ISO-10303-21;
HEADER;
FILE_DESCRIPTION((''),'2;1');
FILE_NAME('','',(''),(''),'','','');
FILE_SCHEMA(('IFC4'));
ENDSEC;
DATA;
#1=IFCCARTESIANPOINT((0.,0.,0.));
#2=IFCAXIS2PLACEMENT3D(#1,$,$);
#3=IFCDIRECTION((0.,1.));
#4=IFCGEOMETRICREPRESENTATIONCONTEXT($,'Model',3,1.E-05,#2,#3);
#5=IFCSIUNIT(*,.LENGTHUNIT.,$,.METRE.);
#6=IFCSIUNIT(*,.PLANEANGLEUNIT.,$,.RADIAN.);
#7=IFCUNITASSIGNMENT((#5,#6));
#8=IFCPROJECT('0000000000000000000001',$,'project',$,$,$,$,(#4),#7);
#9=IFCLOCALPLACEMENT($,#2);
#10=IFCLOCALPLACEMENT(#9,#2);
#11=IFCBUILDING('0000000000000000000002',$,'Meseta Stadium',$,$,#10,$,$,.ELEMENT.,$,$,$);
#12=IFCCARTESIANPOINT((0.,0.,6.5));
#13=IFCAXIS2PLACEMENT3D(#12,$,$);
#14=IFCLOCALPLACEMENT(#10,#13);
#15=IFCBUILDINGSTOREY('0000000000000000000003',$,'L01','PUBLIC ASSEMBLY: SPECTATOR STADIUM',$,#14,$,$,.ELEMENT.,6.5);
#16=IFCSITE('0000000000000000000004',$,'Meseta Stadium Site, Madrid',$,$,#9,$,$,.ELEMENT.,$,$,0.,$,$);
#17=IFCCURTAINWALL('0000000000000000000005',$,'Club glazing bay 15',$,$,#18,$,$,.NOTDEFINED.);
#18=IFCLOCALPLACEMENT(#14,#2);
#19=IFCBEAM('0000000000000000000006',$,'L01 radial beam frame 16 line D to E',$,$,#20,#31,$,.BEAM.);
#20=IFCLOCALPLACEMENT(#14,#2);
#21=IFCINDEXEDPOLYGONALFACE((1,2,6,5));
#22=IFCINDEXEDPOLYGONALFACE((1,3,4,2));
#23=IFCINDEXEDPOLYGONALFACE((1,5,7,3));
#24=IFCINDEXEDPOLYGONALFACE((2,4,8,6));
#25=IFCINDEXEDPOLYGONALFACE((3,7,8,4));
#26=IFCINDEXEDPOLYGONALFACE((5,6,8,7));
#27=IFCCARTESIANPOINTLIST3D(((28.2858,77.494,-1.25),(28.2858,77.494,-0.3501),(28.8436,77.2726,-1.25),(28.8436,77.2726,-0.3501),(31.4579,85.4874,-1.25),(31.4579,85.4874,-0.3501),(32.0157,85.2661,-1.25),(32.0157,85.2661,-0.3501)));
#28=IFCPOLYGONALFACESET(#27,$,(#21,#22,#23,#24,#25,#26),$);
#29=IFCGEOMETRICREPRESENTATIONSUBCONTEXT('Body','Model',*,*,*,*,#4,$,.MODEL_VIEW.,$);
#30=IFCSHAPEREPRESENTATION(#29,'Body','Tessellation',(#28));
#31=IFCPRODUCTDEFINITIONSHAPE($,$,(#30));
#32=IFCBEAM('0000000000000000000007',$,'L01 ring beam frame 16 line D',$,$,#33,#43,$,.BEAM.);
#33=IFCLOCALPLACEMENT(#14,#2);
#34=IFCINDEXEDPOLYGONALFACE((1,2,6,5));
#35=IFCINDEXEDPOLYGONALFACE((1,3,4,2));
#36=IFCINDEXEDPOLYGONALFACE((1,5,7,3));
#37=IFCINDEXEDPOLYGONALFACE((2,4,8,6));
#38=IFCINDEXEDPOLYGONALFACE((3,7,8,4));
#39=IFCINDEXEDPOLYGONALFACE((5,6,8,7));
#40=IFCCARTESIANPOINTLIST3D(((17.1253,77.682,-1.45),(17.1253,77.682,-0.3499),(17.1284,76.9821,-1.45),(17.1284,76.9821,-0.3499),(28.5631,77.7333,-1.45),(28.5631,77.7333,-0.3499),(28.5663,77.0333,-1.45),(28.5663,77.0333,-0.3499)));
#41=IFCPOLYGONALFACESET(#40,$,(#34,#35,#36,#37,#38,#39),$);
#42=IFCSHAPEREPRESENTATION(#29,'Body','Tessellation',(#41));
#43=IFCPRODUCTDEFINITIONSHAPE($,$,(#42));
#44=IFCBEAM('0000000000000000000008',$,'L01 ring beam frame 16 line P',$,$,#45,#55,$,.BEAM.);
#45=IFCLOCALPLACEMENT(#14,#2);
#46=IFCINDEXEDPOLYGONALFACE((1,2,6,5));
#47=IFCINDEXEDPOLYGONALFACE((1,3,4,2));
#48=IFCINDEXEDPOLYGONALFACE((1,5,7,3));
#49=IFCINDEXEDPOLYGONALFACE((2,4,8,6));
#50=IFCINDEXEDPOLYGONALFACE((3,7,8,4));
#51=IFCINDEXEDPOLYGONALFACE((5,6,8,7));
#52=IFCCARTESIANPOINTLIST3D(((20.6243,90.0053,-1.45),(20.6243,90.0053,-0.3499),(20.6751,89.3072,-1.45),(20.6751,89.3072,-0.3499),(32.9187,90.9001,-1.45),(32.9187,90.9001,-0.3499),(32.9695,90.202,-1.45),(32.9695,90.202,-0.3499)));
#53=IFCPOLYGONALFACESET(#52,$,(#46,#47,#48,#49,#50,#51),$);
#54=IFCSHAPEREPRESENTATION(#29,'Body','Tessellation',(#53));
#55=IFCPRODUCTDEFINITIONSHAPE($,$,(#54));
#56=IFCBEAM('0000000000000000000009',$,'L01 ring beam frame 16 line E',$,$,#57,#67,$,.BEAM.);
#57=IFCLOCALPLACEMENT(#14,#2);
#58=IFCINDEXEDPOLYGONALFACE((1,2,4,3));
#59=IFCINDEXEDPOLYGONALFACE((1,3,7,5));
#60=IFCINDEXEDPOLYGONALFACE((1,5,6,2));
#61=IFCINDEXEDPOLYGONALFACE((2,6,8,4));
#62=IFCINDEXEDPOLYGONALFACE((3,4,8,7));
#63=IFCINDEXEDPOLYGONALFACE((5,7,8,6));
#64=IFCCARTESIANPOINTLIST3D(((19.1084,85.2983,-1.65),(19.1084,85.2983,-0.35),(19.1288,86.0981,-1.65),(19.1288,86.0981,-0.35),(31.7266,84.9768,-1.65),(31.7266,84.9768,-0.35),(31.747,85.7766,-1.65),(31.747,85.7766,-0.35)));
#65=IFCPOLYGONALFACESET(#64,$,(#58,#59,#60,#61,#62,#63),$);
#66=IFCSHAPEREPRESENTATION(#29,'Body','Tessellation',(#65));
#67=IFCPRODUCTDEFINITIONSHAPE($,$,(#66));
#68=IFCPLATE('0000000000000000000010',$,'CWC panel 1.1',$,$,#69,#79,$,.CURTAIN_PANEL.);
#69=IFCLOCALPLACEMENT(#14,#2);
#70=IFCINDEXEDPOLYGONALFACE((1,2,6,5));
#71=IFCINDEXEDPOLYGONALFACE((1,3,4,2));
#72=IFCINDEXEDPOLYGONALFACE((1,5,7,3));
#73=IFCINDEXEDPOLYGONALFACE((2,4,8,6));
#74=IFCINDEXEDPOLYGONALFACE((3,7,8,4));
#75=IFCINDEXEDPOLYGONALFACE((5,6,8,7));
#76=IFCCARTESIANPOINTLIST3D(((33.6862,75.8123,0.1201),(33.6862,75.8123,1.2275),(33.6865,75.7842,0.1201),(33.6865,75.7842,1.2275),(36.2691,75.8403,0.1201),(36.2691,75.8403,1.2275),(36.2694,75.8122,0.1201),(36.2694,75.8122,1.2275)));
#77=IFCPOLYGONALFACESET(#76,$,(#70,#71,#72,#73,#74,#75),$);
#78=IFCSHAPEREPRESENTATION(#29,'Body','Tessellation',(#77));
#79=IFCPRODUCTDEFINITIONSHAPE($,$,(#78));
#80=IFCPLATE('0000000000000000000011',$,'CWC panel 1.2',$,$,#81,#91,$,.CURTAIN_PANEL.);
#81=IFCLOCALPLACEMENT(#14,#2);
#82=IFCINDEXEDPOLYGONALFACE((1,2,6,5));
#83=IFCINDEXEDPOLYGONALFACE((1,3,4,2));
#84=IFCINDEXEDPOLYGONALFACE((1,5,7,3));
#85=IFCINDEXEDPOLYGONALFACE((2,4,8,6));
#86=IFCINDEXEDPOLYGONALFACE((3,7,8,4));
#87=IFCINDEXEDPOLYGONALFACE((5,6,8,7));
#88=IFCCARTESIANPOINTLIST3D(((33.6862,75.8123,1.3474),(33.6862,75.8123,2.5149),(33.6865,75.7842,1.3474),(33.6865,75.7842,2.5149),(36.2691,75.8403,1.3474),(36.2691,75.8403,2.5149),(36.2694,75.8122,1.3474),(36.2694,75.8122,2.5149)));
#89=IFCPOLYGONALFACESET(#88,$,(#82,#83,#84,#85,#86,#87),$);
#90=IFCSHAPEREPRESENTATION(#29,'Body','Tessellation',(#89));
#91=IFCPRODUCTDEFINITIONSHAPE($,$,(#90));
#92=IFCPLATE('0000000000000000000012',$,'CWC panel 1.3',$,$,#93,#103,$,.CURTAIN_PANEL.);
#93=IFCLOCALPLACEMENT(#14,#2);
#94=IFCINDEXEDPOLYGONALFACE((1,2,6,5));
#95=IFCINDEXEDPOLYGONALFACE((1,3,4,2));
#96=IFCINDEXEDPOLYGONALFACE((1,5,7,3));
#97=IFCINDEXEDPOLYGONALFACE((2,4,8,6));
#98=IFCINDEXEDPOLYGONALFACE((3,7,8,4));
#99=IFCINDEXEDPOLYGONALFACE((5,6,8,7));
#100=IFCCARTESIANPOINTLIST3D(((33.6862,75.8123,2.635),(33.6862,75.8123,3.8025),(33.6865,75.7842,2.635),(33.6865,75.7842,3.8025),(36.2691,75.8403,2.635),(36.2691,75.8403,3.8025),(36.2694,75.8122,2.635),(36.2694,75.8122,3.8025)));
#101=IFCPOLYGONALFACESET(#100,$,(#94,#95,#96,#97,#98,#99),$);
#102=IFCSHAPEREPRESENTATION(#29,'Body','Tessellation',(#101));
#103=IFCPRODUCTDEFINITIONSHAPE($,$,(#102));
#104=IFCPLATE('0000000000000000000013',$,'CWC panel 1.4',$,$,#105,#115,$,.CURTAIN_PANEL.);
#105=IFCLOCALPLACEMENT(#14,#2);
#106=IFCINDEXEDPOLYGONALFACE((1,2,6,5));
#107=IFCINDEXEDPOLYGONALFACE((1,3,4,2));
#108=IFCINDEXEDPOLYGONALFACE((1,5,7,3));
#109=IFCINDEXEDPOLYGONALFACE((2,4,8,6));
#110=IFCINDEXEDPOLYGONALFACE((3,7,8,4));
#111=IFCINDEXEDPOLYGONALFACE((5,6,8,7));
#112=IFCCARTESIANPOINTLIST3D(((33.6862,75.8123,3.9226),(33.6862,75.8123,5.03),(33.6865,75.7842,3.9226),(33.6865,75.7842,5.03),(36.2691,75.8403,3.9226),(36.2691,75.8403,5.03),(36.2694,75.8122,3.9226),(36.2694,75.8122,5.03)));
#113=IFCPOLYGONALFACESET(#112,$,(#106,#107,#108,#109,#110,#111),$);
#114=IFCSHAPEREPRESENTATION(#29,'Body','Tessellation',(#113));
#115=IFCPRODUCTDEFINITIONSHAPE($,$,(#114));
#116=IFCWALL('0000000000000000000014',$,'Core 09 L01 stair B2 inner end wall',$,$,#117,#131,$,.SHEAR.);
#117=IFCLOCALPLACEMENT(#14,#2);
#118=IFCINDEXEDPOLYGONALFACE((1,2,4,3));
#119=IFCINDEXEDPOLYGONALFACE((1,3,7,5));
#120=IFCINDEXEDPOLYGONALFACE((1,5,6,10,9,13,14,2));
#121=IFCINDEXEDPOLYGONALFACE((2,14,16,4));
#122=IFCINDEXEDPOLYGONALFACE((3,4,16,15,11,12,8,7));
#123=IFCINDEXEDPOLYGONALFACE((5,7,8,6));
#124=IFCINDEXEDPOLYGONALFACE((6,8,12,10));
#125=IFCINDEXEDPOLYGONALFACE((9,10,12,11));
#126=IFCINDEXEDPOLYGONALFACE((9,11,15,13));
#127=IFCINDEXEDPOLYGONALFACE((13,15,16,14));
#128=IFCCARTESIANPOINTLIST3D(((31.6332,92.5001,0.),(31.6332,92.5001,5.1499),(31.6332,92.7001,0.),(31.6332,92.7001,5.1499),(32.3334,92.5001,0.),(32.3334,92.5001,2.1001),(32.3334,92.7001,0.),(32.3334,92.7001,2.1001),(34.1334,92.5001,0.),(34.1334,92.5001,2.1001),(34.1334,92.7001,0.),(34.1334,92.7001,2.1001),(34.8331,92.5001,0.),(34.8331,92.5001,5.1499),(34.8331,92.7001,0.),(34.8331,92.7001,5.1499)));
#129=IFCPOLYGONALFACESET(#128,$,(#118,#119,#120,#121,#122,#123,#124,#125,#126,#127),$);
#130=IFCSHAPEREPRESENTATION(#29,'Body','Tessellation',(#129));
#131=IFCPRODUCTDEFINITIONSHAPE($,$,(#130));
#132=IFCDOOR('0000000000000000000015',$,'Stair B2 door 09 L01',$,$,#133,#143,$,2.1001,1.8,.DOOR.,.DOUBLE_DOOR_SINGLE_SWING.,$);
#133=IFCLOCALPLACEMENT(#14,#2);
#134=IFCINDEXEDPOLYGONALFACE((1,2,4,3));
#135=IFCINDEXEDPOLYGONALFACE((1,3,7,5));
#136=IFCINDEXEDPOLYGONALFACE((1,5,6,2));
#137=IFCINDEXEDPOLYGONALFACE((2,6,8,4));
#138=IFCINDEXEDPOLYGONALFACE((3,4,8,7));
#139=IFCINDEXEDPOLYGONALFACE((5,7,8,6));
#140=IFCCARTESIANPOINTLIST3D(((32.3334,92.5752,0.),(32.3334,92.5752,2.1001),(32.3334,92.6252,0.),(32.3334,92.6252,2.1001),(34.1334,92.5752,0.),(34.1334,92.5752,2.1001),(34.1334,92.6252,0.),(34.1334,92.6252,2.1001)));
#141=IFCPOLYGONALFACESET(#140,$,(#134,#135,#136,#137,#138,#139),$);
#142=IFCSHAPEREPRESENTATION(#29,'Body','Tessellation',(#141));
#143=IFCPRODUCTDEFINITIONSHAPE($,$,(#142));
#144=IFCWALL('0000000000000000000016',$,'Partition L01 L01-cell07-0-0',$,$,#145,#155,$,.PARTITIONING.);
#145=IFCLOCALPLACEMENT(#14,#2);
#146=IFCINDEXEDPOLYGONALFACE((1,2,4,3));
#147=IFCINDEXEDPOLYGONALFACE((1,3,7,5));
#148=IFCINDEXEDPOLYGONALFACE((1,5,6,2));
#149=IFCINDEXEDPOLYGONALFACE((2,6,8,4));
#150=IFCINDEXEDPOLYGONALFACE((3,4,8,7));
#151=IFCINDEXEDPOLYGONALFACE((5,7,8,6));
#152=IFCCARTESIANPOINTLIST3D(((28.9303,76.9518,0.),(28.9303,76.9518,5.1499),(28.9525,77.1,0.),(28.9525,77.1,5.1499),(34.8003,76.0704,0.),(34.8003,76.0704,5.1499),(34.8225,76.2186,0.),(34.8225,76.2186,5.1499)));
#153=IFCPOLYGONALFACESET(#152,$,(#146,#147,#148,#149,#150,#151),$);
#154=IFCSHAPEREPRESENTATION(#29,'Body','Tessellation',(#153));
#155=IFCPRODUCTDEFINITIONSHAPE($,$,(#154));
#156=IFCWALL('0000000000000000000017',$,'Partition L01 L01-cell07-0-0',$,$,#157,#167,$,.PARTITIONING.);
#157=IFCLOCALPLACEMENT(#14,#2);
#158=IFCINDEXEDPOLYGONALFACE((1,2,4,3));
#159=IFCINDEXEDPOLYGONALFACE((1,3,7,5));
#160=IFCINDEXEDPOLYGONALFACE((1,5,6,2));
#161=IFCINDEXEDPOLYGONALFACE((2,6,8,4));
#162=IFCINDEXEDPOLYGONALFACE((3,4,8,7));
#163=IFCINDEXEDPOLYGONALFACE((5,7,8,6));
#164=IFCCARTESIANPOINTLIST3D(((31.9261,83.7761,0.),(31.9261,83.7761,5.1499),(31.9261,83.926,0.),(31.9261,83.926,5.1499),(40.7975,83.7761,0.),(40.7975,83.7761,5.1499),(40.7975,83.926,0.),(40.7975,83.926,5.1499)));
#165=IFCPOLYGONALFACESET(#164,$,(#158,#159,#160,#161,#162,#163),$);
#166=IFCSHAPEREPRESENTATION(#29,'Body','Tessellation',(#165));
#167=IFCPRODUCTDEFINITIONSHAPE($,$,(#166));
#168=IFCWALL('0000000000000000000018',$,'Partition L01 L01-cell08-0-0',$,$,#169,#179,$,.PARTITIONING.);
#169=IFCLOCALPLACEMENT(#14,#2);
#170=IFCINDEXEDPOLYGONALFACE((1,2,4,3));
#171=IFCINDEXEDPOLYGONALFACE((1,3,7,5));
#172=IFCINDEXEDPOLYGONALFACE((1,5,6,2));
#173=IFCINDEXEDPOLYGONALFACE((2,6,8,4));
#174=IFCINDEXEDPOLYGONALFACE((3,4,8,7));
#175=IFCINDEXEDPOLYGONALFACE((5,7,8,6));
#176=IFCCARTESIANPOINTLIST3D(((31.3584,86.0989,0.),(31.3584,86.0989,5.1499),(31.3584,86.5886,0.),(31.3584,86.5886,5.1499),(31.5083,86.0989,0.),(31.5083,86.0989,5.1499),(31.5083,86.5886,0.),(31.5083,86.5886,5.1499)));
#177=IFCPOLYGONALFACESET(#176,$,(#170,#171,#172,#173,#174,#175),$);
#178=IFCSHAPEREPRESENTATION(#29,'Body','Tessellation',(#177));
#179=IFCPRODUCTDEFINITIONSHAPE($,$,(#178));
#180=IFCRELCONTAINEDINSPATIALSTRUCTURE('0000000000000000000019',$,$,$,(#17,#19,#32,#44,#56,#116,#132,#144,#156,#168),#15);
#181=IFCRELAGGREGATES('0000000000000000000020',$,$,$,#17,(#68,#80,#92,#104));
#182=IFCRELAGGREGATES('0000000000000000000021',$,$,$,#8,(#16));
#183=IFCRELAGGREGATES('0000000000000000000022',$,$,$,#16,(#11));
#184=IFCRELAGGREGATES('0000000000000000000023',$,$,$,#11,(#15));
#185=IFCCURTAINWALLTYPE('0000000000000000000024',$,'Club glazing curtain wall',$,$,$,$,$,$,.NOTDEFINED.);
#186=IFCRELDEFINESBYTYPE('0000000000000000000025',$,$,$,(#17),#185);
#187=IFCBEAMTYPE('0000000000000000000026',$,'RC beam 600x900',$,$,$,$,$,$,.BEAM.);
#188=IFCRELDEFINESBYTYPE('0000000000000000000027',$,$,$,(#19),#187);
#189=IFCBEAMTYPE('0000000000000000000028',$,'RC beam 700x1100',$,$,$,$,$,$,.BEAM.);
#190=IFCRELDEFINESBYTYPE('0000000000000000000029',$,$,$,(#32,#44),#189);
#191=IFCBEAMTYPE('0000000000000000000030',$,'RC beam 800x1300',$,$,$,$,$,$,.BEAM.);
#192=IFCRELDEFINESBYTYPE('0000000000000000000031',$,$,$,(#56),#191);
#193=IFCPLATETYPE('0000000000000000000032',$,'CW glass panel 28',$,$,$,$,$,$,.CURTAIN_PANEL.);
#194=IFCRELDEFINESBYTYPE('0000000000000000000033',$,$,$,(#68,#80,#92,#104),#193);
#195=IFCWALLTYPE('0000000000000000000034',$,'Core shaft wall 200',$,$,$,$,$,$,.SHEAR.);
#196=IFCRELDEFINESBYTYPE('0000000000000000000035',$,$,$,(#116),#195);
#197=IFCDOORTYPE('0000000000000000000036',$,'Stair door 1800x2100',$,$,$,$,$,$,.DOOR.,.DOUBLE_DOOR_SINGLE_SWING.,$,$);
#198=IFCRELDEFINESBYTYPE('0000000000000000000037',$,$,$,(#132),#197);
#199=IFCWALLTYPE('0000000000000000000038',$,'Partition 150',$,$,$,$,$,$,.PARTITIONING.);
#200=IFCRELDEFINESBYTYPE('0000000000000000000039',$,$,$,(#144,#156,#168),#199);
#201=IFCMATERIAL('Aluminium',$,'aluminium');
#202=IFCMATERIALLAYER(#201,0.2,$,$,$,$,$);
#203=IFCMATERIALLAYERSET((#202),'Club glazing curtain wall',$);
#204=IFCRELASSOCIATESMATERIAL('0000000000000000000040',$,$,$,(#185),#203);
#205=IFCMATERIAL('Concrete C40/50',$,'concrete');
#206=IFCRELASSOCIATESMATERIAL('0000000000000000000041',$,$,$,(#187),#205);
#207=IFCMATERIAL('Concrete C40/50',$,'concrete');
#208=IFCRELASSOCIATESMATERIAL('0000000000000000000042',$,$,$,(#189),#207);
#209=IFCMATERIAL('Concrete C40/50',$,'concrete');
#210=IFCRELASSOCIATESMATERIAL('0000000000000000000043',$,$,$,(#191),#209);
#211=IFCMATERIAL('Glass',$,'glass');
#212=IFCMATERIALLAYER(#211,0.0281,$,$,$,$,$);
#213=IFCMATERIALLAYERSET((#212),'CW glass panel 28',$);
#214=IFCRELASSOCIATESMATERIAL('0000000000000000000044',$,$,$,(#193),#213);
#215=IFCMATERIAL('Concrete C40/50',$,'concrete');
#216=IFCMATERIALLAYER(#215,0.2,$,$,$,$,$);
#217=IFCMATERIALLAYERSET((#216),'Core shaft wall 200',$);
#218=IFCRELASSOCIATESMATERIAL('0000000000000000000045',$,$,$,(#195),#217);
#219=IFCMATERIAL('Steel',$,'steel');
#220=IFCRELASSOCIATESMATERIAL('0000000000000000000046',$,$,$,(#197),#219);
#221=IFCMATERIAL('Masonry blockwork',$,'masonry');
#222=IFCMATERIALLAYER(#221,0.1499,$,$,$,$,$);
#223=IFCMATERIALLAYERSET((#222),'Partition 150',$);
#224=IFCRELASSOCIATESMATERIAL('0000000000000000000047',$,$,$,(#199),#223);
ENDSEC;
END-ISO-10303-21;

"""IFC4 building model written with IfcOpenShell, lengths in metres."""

from ifc_helpers import new_model, si_unit, direction, frame, frame_2d, origin, origin_2d, place, context, subcontext, project, spatial, rectangle, extrude, material, layer, layer_set, material_profile, profile_set, type_object, element, fill, aggregate, save


model = new_model("IFC4")

# Units and contexts
model_context = context("Model", 3, precision=1e-05, world=origin(), true_north=direction((0.0, 1.0)))
body_context = subcontext(model_context, "Body", "Model", "MODEL_VIEW")
ifc_project = project(units=[si_unit("LENGTHUNIT", "METRE"), si_unit("PLANEANGLEUNIT", "RADIAN")], contexts=[model_context])

# Site, building, storey
site_placement = place(None, origin())
site = spatial("IfcSite", under=ifc_project, at=site_placement, Name="Meseta Stadium Site, Madrid", CompositionType="ELEMENT", RefElevation=0.0)
building_placement = place(site_placement, origin())
building = spatial("IfcBuilding", under=site, at=building_placement, Name="Meseta Stadium", CompositionType="ELEMENT")
storey_placement = place(building_placement, frame((0.0, 0.0, 6.5)))
storey = spatial("IfcBuildingStorey", under=building, at=storey_placement, Name="L01", Description="PUBLIC ASSEMBLY: SPECTATOR STADIUM", CompositionType="ELEMENT", Elevation=6.5)

# Curtain wall
ifc_material_1 = material(Name="Aluminium", Category="aluminium")
ifc_layer_1 = layer(ifc_material_1, 0.2)
ifc_layer_set_1 = layer_set([ifc_layer_1], Name="Club glazing curtain wall")
curtain_wall_type = type_object("IfcCurtainWallType", Name="Club glazing curtain wall", PredefinedType="NOTDEFINED", material=ifc_layer_set_1)
curtain_wall_placement = place(storey_placement, origin())
curtain_wall = element("IfcCurtainWall", 1, at=curtain_wall_placement, inside=storey, type_object=curtain_wall_type, Name="Club glazing bay 15", PredefinedType="NOTDEFINED")

# Beams
ifc_material_2 = material(Name="Concrete C40/50", Category="concrete")
ifc_material_profile_1 = material_profile(ifc_material_2, rectangle(XDim=0.6001, YDim=0.8999, at=origin_2d()), Name="RC 600x900")
ifc_profile_set_1 = profile_set([ifc_material_profile_1], Name="Concrete C40/50")
beam_type_1 = type_object("IfcBeamType", Name="RC beam 600x900", PredefinedType="BEAM", material=ifc_profile_set_1)
beam_1_placement = place(storey_placement, frame((28.5647, 77.3833, -0.8), z_axis=(0.368859, 0.929485, 0.0), x_axis=(-0.929485, 0.368859, 0.0)))
element("IfcBeam", 2, at=beam_1_placement, inside=storey, type_object=beam_type_1, Name="L01 radial beam frame 16 line D to E", PredefinedType="BEAM", context=body_context, shape_type="SweptSolid", body=[
    extrude(rectangle(XDim=0.6001, YDim=0.8999, at=origin_2d()), origin(), (0.0, 0.0, 1.0), 8.5999),
])
ifc_material_3 = material(Name="Concrete C40/50", Category="concrete")
ifc_material_profile_2 = material_profile(ifc_material_3, rectangle(XDim=0.7, YDim=1.1001, at=origin_2d()), Name="RC 700x1100")
ifc_profile_set_2 = profile_set([ifc_material_profile_2], Name="Concrete C40/50")
beam_type_2 = type_object("IfcBeamType", Name="RC beam 700x1100", PredefinedType="BEAM", material=ifc_profile_set_2)
beam_2_placement = place(storey_placement, frame((28.5647, 77.3833, -0.8999), z_axis=(-0.99999, -0.004482, 0.0), x_axis=(0.004482, -0.99999, 0.0)))
element("IfcBeam", 3, at=beam_2_placement, inside=storey, type_object=beam_type_2, Name="L01 ring beam frame 16 line D", PredefinedType="BEAM", context=body_context, shape_type="SweptSolid", body=[
    extrude(rectangle(XDim=0.7, YDim=1.1001, at=origin_2d()), origin(), (0.0, 0.0, 1.0), 11.438),
])
beam_3_placement = place(storey_placement, frame((32.9441, 90.551, -0.8999), z_axis=(-0.997362, -0.072587, 0.0), x_axis=(0.072587, -0.997362, 0.0)))
element("IfcBeam", 4, at=beam_3_placement, inside=storey, type_object=beam_type_2, Name="L01 ring beam frame 16 line P", PredefinedType="BEAM", context=body_context, shape_type="SweptSolid", body=[
    extrude(rectangle(XDim=0.7, YDim=1.1001, at=origin_2d()), origin(), (0.0, 0.0, 1.0), 12.3269),
])
ifc_material_4 = material(Name="Concrete C40/50", Category="concrete")
ifc_material_profile_3 = material_profile(ifc_material_4, rectangle(XDim=0.8, YDim=1.3, at=origin_2d()), Name="RC 800x1300")
ifc_profile_set_3 = profile_set([ifc_material_profile_3], Name="Concrete C40/50")
beam_type_3 = type_object("IfcBeamType", Name="RC beam 800x1300", PredefinedType="BEAM", material=ifc_profile_set_3)
beam_4_placement = place(storey_placement, frame((31.7368, 85.3767, -1.0), z_axis=(-0.999675, 0.025474, 0.0), x_axis=(-0.025474, -0.999675, 0.0)))
element("IfcBeam", 5, at=beam_4_placement, inside=storey, type_object=beam_type_3, Name="L01 ring beam frame 16 line E", PredefinedType="BEAM", context=body_context, shape_type="SweptSolid", body=[
    extrude(rectangle(XDim=0.8, YDim=1.3, at=origin_2d()), origin(), (0.0, 0.0, 1.0), 12.6223),
])

# Plates
ifc_material_5 = material(Name="Glass", Category="glass")
ifc_layer_2 = layer(ifc_material_5, 0.0281)
ifc_layer_set_2 = layer_set([ifc_layer_2], Name="CW glass panel 28")
plate_type = type_object("IfcPlateType", Name="CW glass panel 28", PredefinedType="CURTAIN_PANEL", material=ifc_layer_set_2)
plate_1_placement = place(storey_placement, frame((34.9778, 75.8123, 0.1201), z_axis=(0.0, 0.0, 1.0), x_axis=(-0.999941, -0.010843, 0.0)))
plate_1 = element("IfcPlate", 6, at=plate_1_placement, type_object=plate_type, Name="CWC panel 1.1", PredefinedType="CURTAIN_PANEL", context=body_context, shape_type="SweptSolid", body=[
    extrude(rectangle(XDim=2.583, YDim=0.0281, at=origin_2d()), origin(), (0.0, 0.0, 1.0), 1.1074),
])
plate_2_placement = place(storey_placement, frame((34.9778, 75.8123, 1.3474), z_axis=(0.0, 0.0, 1.0), x_axis=(-0.999941, -0.010843, 0.0)))
plate_2 = element("IfcPlate", 7, at=plate_2_placement, type_object=plate_type, Name="CWC panel 1.2", PredefinedType="CURTAIN_PANEL", context=body_context, shape_type="SweptSolid", body=[
    extrude(rectangle(XDim=2.583, YDim=0.0281, at=origin_2d()), origin(), (0.0, 0.0, 1.0), 1.1675),
])
plate_3_placement = place(storey_placement, frame((34.9778, 75.8123, 2.635), z_axis=(0.0, 0.0, 1.0), x_axis=(-0.999941, -0.010843, 0.0)))
plate_3 = element("IfcPlate", 8, at=plate_3_placement, type_object=plate_type, Name="CWC panel 1.3", PredefinedType="CURTAIN_PANEL", context=body_context, shape_type="SweptSolid", body=[
    extrude(rectangle(XDim=2.583, YDim=0.0281, at=origin_2d()), origin(), (0.0, 0.0, 1.0), 1.1675),
])
plate_4_placement = place(storey_placement, frame((34.9778, 75.8123, 3.9226), z_axis=(0.0, 0.0, 1.0), x_axis=(-0.999941, -0.010843, 0.0)))
plate_4 = element("IfcPlate", 9, at=plate_4_placement, type_object=plate_type, Name="CWC panel 1.4", PredefinedType="CURTAIN_PANEL", context=body_context, shape_type="SweptSolid", body=[
    extrude(rectangle(XDim=2.583, YDim=0.0281, at=origin_2d()), origin(), (0.0, 0.0, 1.0), 1.1074),
])
aggregate(curtain_wall, [plate_1, plate_2, plate_3, plate_4])

# Wall, opening, door
ifc_material_6 = material(Name="Concrete C40/50", Category="concrete")
ifc_layer_3 = layer(ifc_material_6, 0.2)
ifc_layer_set_3 = layer_set([ifc_layer_3], Name="Core shaft wall 200")
wall_type_1 = type_object("IfcWallType", Name="Core shaft wall 200", PredefinedType="SHEAR", material=ifc_layer_set_3)
wall_1_placement = place(storey_placement, frame((34.8333, 92.6001, 0.0), z_axis=(0.0, 0.0, 1.0), x_axis=(-1.0, 0.0, 0.0)))
wall_1 = element("IfcWall", 10, at=wall_1_placement, inside=storey, type_object=wall_type_1, Name="Core 09 L01 stair B2 inner end wall", PredefinedType="SHEAR", context=body_context, shape_type="SweptSolid", body=[
    extrude(rectangle(XDim=3.2, YDim=0.2, at=frame_2d((1.6001, 0.0))), origin(), (0.0, 0.0, 1.0), 5.1499),
])
opening_1_placement = place(wall_1_placement, frame((0.7, 0.0, 0.0)))
opening_1 = element("IfcOpeningElement", 11, at=opening_1_placement, cuts=wall_1, PredefinedType="OPENING", context=body_context, shape_type="SweptSolid", body=[
    extrude(rectangle(XDim=1.8, YDim=2.1001, at=frame_2d((0.8999, 1.05))), frame((0.0, 0.1099, 0.0), z_axis=(0.0, -1.0, 0.0), x_axis=(1.0, 0.0, 0.0)), (0.0, 0.0, 1.0), 0.22),
])
ifc_material_7 = material(Name="Steel", Category="steel")
door_type_1 = type_object("IfcDoorType", Name="Stair door 1800x2100", OperationType="DOUBLE_DOOR_SINGLE_SWING", PredefinedType="DOOR", material=ifc_material_7)
door_1_placement = place(opening_1_placement, origin())
door_1 = element("IfcDoor", 12, at=door_1_placement, inside=storey, type_object=door_type_1, Name="Stair B2 door 09 L01", OperationType="DOUBLE_DOOR_SINGLE_SWING", OverallHeight=2.1001, OverallWidth=1.8, PredefinedType="DOOR", context=body_context, shape_type="SweptSolid", body=[
    extrude(rectangle(XDim=1.8, YDim=2.1001, at=frame_2d((0.8999, 1.05))), frame((0.0, 0.0249, 0.0), z_axis=(0.0, -1.0, 0.0), x_axis=(1.0, 0.0, 0.0)), (0.0, 0.0, 1.0), 0.05),
])
fill(opening_1, door_1)

# Walls
ifc_material_8 = material(Name="Masonry blockwork", Category="masonry")
ifc_layer_4 = layer(ifc_material_8, 0.1499)
ifc_layer_set_4 = layer_set([ifc_layer_4], Name="Partition 150")
wall_type_2 = type_object("IfcWallType", Name="Partition 150", PredefinedType="PARTITIONING", material=ifc_layer_set_4)
wall_2_placement = place(storey_placement, frame((34.8113, 76.1445, 0.0), z_axis=(0.0, 0.0, 1.0), x_axis=(-0.988915, 0.148483, 0.0)))
element("IfcWall", 13, at=wall_2_placement, inside=storey, type_object=wall_type_2, Name="Partition L01 L01-cell07-0-0", PredefinedType="PARTITIONING", context=body_context, shape_type="SweptSolid", body=[
    extrude(rectangle(XDim=5.9358, YDim=0.1499, at=frame_2d((2.9678, 0.0))), origin(), (0.0, 0.0, 1.0), 5.1499),
])
wall_3_placement = place(storey_placement, frame((31.9263, 83.8511, 0.0), z_axis=(0.0, 0.0, 1.0), x_axis=(1.0, 0.0, 0.0)))
element("IfcWall", 14, at=wall_3_placement, inside=storey, type_object=wall_type_2, Name="Partition L01 L01-cell07-0-0", PredefinedType="PARTITIONING", context=body_context, shape_type="SweptSolid", body=[
    extrude(rectangle(XDim=8.8713, YDim=0.1499, at=frame_2d((4.4355, 0.0))), origin(), (0.0, 0.0, 1.0), 5.1499),
])
wall_4_placement = place(storey_placement, frame((31.4333, 86.5886, 0.0), z_axis=(0.0, 0.0, 1.0), x_axis=(0.0, -1.0, 0.0)))
element("IfcWall", 15, at=wall_4_placement, inside=storey, type_object=wall_type_2, Name="Partition L01 L01-cell08-0-0", PredefinedType="PARTITIONING", context=body_context, shape_type="SweptSolid", body=[
    extrude(rectangle(XDim=0.4897, YDim=0.1499, at=frame_2d((0.2449, 0.0))), origin(), (0.0, 0.0, 1.0), 5.1499),
])

save(model, "model.ifc")
